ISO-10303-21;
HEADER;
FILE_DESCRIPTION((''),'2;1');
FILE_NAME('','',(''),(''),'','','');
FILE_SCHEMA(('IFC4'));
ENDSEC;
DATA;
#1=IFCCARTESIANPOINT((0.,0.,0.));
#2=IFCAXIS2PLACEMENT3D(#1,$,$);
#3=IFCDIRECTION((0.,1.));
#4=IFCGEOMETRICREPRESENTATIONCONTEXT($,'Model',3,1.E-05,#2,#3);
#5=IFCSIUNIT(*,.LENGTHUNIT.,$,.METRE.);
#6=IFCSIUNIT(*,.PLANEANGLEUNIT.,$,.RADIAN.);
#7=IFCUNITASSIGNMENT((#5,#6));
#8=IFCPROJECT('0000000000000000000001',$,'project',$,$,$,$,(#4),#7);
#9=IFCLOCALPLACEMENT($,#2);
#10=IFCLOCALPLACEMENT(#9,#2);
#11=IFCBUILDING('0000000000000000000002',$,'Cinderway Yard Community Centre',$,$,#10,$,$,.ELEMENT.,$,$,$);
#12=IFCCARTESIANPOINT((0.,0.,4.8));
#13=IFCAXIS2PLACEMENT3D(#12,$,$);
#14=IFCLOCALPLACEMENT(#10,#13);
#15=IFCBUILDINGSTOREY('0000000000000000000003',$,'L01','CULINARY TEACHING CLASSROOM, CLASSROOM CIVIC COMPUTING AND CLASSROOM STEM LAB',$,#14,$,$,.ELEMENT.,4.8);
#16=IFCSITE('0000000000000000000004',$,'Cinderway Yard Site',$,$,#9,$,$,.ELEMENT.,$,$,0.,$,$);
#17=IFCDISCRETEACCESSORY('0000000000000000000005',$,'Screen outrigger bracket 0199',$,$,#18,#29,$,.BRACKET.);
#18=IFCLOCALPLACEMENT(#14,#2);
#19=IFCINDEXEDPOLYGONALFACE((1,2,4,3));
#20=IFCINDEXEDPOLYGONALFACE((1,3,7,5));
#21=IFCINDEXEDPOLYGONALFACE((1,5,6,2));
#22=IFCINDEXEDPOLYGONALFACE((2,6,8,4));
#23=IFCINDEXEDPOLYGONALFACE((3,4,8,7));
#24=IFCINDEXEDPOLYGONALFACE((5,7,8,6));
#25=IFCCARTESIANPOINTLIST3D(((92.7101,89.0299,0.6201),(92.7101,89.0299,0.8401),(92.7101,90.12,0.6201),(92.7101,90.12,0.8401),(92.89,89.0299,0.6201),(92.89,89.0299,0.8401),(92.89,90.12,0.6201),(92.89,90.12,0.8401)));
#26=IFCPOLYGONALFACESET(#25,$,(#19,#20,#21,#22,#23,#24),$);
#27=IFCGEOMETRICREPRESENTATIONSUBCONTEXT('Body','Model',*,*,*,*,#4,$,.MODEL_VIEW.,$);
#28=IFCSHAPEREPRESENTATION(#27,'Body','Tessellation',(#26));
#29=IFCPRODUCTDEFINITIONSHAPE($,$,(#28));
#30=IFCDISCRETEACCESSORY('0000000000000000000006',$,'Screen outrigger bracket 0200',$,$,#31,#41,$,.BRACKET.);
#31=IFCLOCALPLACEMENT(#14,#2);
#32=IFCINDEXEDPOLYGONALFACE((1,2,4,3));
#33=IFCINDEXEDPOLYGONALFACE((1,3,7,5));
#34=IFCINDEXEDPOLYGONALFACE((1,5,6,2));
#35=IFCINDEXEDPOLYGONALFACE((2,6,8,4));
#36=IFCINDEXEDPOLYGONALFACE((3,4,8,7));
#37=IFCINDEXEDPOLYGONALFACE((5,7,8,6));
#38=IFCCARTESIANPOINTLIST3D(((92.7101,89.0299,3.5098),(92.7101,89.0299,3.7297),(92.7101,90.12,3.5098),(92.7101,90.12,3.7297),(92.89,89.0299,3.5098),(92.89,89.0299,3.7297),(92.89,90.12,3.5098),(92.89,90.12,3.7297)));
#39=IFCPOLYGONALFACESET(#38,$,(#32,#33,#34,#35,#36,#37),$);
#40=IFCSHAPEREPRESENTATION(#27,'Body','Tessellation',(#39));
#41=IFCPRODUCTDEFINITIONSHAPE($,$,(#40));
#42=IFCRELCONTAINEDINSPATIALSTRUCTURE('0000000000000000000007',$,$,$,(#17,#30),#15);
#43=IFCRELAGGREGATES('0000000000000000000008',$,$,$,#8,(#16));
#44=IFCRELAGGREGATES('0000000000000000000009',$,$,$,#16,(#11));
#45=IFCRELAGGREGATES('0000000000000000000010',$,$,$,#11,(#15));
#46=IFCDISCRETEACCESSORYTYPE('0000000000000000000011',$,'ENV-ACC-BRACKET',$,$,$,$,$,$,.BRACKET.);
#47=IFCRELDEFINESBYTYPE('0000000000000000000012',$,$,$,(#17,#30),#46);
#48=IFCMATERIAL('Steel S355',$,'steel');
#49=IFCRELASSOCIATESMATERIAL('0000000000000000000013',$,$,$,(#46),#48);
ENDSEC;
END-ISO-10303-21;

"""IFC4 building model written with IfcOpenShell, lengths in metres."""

from ifc_helpers import new_model, si_unit, direction, frame, origin, origin_2d, place, context, subcontext, project, spatial, rectangle, extrude, material, type_object, element, save


model = new_model("IFC4")

# Units and contexts
model_context = context("Model", 3, precision=1e-05, world=origin(), true_north=direction((0.0, 1.0)))
body_context = subcontext(model_context, "Body", "Model", "MODEL_VIEW")
ifc_project = project(units=[si_unit("LENGTHUNIT", "METRE"), si_unit("PLANEANGLEUNIT", "RADIAN")], contexts=[model_context])

# Site, building, storey
site_placement = place(None, origin())
site = spatial("IfcSite", under=ifc_project, at=site_placement, Name="Cinderway Yard Site", CompositionType="ELEMENT", RefElevation=0.0)
building_placement = place(site_placement, origin())
building = spatial("IfcBuilding", under=site, at=building_placement, Name="Cinderway Yard Community Centre", CompositionType="ELEMENT")
storey_placement = place(building_placement, frame((0.0, 0.0, 4.8)))
storey = spatial("IfcBuildingStorey", under=building, at=storey_placement, Name="L01", Description="CULINARY TEACHING CLASSROOM, CLASSROOM CIVIC COMPUTING AND CLASSROOM STEM LAB", CompositionType="ELEMENT", Elevation=4.8)

# Shared definitions
ifc_material_1 = material(Name="Steel S355", Category="steel")

# Discrete accessories
discrete_accessory_type = type_object("IfcDiscreteAccessoryType", Name="ENV-ACC-BRACKET", PredefinedType="BRACKET", material=ifc_material_1)
for number, where, z_axis, x_axis, name in (
    (1, (92.8, 89.575, 0.6201), (0.0, 0.0, 1.0), (0.0, -1.0, 0.0), "Screen outrigger bracket 0199"),
    (2, (92.8, 89.575, 3.5098), (0.0, 0.0, 1.0), (0.0, -1.0, 0.0), "Screen outrigger bracket 0200"),
):
    element("IfcDiscreteAccessory", number, at=place(storey_placement, frame(where, z_axis=z_axis, x_axis=x_axis)), inside=storey, type_object=discrete_accessory_type, Name=name, PredefinedType="BRACKET", context=body_context, shape_type="SweptSolid", body=[
        extrude(rectangle(XDim=1.0901, YDim=0.1799, at=origin_2d()), origin(), (0.0, 0.0, 1.0), 0.22),
    ])

save(model, "model.ifc")
